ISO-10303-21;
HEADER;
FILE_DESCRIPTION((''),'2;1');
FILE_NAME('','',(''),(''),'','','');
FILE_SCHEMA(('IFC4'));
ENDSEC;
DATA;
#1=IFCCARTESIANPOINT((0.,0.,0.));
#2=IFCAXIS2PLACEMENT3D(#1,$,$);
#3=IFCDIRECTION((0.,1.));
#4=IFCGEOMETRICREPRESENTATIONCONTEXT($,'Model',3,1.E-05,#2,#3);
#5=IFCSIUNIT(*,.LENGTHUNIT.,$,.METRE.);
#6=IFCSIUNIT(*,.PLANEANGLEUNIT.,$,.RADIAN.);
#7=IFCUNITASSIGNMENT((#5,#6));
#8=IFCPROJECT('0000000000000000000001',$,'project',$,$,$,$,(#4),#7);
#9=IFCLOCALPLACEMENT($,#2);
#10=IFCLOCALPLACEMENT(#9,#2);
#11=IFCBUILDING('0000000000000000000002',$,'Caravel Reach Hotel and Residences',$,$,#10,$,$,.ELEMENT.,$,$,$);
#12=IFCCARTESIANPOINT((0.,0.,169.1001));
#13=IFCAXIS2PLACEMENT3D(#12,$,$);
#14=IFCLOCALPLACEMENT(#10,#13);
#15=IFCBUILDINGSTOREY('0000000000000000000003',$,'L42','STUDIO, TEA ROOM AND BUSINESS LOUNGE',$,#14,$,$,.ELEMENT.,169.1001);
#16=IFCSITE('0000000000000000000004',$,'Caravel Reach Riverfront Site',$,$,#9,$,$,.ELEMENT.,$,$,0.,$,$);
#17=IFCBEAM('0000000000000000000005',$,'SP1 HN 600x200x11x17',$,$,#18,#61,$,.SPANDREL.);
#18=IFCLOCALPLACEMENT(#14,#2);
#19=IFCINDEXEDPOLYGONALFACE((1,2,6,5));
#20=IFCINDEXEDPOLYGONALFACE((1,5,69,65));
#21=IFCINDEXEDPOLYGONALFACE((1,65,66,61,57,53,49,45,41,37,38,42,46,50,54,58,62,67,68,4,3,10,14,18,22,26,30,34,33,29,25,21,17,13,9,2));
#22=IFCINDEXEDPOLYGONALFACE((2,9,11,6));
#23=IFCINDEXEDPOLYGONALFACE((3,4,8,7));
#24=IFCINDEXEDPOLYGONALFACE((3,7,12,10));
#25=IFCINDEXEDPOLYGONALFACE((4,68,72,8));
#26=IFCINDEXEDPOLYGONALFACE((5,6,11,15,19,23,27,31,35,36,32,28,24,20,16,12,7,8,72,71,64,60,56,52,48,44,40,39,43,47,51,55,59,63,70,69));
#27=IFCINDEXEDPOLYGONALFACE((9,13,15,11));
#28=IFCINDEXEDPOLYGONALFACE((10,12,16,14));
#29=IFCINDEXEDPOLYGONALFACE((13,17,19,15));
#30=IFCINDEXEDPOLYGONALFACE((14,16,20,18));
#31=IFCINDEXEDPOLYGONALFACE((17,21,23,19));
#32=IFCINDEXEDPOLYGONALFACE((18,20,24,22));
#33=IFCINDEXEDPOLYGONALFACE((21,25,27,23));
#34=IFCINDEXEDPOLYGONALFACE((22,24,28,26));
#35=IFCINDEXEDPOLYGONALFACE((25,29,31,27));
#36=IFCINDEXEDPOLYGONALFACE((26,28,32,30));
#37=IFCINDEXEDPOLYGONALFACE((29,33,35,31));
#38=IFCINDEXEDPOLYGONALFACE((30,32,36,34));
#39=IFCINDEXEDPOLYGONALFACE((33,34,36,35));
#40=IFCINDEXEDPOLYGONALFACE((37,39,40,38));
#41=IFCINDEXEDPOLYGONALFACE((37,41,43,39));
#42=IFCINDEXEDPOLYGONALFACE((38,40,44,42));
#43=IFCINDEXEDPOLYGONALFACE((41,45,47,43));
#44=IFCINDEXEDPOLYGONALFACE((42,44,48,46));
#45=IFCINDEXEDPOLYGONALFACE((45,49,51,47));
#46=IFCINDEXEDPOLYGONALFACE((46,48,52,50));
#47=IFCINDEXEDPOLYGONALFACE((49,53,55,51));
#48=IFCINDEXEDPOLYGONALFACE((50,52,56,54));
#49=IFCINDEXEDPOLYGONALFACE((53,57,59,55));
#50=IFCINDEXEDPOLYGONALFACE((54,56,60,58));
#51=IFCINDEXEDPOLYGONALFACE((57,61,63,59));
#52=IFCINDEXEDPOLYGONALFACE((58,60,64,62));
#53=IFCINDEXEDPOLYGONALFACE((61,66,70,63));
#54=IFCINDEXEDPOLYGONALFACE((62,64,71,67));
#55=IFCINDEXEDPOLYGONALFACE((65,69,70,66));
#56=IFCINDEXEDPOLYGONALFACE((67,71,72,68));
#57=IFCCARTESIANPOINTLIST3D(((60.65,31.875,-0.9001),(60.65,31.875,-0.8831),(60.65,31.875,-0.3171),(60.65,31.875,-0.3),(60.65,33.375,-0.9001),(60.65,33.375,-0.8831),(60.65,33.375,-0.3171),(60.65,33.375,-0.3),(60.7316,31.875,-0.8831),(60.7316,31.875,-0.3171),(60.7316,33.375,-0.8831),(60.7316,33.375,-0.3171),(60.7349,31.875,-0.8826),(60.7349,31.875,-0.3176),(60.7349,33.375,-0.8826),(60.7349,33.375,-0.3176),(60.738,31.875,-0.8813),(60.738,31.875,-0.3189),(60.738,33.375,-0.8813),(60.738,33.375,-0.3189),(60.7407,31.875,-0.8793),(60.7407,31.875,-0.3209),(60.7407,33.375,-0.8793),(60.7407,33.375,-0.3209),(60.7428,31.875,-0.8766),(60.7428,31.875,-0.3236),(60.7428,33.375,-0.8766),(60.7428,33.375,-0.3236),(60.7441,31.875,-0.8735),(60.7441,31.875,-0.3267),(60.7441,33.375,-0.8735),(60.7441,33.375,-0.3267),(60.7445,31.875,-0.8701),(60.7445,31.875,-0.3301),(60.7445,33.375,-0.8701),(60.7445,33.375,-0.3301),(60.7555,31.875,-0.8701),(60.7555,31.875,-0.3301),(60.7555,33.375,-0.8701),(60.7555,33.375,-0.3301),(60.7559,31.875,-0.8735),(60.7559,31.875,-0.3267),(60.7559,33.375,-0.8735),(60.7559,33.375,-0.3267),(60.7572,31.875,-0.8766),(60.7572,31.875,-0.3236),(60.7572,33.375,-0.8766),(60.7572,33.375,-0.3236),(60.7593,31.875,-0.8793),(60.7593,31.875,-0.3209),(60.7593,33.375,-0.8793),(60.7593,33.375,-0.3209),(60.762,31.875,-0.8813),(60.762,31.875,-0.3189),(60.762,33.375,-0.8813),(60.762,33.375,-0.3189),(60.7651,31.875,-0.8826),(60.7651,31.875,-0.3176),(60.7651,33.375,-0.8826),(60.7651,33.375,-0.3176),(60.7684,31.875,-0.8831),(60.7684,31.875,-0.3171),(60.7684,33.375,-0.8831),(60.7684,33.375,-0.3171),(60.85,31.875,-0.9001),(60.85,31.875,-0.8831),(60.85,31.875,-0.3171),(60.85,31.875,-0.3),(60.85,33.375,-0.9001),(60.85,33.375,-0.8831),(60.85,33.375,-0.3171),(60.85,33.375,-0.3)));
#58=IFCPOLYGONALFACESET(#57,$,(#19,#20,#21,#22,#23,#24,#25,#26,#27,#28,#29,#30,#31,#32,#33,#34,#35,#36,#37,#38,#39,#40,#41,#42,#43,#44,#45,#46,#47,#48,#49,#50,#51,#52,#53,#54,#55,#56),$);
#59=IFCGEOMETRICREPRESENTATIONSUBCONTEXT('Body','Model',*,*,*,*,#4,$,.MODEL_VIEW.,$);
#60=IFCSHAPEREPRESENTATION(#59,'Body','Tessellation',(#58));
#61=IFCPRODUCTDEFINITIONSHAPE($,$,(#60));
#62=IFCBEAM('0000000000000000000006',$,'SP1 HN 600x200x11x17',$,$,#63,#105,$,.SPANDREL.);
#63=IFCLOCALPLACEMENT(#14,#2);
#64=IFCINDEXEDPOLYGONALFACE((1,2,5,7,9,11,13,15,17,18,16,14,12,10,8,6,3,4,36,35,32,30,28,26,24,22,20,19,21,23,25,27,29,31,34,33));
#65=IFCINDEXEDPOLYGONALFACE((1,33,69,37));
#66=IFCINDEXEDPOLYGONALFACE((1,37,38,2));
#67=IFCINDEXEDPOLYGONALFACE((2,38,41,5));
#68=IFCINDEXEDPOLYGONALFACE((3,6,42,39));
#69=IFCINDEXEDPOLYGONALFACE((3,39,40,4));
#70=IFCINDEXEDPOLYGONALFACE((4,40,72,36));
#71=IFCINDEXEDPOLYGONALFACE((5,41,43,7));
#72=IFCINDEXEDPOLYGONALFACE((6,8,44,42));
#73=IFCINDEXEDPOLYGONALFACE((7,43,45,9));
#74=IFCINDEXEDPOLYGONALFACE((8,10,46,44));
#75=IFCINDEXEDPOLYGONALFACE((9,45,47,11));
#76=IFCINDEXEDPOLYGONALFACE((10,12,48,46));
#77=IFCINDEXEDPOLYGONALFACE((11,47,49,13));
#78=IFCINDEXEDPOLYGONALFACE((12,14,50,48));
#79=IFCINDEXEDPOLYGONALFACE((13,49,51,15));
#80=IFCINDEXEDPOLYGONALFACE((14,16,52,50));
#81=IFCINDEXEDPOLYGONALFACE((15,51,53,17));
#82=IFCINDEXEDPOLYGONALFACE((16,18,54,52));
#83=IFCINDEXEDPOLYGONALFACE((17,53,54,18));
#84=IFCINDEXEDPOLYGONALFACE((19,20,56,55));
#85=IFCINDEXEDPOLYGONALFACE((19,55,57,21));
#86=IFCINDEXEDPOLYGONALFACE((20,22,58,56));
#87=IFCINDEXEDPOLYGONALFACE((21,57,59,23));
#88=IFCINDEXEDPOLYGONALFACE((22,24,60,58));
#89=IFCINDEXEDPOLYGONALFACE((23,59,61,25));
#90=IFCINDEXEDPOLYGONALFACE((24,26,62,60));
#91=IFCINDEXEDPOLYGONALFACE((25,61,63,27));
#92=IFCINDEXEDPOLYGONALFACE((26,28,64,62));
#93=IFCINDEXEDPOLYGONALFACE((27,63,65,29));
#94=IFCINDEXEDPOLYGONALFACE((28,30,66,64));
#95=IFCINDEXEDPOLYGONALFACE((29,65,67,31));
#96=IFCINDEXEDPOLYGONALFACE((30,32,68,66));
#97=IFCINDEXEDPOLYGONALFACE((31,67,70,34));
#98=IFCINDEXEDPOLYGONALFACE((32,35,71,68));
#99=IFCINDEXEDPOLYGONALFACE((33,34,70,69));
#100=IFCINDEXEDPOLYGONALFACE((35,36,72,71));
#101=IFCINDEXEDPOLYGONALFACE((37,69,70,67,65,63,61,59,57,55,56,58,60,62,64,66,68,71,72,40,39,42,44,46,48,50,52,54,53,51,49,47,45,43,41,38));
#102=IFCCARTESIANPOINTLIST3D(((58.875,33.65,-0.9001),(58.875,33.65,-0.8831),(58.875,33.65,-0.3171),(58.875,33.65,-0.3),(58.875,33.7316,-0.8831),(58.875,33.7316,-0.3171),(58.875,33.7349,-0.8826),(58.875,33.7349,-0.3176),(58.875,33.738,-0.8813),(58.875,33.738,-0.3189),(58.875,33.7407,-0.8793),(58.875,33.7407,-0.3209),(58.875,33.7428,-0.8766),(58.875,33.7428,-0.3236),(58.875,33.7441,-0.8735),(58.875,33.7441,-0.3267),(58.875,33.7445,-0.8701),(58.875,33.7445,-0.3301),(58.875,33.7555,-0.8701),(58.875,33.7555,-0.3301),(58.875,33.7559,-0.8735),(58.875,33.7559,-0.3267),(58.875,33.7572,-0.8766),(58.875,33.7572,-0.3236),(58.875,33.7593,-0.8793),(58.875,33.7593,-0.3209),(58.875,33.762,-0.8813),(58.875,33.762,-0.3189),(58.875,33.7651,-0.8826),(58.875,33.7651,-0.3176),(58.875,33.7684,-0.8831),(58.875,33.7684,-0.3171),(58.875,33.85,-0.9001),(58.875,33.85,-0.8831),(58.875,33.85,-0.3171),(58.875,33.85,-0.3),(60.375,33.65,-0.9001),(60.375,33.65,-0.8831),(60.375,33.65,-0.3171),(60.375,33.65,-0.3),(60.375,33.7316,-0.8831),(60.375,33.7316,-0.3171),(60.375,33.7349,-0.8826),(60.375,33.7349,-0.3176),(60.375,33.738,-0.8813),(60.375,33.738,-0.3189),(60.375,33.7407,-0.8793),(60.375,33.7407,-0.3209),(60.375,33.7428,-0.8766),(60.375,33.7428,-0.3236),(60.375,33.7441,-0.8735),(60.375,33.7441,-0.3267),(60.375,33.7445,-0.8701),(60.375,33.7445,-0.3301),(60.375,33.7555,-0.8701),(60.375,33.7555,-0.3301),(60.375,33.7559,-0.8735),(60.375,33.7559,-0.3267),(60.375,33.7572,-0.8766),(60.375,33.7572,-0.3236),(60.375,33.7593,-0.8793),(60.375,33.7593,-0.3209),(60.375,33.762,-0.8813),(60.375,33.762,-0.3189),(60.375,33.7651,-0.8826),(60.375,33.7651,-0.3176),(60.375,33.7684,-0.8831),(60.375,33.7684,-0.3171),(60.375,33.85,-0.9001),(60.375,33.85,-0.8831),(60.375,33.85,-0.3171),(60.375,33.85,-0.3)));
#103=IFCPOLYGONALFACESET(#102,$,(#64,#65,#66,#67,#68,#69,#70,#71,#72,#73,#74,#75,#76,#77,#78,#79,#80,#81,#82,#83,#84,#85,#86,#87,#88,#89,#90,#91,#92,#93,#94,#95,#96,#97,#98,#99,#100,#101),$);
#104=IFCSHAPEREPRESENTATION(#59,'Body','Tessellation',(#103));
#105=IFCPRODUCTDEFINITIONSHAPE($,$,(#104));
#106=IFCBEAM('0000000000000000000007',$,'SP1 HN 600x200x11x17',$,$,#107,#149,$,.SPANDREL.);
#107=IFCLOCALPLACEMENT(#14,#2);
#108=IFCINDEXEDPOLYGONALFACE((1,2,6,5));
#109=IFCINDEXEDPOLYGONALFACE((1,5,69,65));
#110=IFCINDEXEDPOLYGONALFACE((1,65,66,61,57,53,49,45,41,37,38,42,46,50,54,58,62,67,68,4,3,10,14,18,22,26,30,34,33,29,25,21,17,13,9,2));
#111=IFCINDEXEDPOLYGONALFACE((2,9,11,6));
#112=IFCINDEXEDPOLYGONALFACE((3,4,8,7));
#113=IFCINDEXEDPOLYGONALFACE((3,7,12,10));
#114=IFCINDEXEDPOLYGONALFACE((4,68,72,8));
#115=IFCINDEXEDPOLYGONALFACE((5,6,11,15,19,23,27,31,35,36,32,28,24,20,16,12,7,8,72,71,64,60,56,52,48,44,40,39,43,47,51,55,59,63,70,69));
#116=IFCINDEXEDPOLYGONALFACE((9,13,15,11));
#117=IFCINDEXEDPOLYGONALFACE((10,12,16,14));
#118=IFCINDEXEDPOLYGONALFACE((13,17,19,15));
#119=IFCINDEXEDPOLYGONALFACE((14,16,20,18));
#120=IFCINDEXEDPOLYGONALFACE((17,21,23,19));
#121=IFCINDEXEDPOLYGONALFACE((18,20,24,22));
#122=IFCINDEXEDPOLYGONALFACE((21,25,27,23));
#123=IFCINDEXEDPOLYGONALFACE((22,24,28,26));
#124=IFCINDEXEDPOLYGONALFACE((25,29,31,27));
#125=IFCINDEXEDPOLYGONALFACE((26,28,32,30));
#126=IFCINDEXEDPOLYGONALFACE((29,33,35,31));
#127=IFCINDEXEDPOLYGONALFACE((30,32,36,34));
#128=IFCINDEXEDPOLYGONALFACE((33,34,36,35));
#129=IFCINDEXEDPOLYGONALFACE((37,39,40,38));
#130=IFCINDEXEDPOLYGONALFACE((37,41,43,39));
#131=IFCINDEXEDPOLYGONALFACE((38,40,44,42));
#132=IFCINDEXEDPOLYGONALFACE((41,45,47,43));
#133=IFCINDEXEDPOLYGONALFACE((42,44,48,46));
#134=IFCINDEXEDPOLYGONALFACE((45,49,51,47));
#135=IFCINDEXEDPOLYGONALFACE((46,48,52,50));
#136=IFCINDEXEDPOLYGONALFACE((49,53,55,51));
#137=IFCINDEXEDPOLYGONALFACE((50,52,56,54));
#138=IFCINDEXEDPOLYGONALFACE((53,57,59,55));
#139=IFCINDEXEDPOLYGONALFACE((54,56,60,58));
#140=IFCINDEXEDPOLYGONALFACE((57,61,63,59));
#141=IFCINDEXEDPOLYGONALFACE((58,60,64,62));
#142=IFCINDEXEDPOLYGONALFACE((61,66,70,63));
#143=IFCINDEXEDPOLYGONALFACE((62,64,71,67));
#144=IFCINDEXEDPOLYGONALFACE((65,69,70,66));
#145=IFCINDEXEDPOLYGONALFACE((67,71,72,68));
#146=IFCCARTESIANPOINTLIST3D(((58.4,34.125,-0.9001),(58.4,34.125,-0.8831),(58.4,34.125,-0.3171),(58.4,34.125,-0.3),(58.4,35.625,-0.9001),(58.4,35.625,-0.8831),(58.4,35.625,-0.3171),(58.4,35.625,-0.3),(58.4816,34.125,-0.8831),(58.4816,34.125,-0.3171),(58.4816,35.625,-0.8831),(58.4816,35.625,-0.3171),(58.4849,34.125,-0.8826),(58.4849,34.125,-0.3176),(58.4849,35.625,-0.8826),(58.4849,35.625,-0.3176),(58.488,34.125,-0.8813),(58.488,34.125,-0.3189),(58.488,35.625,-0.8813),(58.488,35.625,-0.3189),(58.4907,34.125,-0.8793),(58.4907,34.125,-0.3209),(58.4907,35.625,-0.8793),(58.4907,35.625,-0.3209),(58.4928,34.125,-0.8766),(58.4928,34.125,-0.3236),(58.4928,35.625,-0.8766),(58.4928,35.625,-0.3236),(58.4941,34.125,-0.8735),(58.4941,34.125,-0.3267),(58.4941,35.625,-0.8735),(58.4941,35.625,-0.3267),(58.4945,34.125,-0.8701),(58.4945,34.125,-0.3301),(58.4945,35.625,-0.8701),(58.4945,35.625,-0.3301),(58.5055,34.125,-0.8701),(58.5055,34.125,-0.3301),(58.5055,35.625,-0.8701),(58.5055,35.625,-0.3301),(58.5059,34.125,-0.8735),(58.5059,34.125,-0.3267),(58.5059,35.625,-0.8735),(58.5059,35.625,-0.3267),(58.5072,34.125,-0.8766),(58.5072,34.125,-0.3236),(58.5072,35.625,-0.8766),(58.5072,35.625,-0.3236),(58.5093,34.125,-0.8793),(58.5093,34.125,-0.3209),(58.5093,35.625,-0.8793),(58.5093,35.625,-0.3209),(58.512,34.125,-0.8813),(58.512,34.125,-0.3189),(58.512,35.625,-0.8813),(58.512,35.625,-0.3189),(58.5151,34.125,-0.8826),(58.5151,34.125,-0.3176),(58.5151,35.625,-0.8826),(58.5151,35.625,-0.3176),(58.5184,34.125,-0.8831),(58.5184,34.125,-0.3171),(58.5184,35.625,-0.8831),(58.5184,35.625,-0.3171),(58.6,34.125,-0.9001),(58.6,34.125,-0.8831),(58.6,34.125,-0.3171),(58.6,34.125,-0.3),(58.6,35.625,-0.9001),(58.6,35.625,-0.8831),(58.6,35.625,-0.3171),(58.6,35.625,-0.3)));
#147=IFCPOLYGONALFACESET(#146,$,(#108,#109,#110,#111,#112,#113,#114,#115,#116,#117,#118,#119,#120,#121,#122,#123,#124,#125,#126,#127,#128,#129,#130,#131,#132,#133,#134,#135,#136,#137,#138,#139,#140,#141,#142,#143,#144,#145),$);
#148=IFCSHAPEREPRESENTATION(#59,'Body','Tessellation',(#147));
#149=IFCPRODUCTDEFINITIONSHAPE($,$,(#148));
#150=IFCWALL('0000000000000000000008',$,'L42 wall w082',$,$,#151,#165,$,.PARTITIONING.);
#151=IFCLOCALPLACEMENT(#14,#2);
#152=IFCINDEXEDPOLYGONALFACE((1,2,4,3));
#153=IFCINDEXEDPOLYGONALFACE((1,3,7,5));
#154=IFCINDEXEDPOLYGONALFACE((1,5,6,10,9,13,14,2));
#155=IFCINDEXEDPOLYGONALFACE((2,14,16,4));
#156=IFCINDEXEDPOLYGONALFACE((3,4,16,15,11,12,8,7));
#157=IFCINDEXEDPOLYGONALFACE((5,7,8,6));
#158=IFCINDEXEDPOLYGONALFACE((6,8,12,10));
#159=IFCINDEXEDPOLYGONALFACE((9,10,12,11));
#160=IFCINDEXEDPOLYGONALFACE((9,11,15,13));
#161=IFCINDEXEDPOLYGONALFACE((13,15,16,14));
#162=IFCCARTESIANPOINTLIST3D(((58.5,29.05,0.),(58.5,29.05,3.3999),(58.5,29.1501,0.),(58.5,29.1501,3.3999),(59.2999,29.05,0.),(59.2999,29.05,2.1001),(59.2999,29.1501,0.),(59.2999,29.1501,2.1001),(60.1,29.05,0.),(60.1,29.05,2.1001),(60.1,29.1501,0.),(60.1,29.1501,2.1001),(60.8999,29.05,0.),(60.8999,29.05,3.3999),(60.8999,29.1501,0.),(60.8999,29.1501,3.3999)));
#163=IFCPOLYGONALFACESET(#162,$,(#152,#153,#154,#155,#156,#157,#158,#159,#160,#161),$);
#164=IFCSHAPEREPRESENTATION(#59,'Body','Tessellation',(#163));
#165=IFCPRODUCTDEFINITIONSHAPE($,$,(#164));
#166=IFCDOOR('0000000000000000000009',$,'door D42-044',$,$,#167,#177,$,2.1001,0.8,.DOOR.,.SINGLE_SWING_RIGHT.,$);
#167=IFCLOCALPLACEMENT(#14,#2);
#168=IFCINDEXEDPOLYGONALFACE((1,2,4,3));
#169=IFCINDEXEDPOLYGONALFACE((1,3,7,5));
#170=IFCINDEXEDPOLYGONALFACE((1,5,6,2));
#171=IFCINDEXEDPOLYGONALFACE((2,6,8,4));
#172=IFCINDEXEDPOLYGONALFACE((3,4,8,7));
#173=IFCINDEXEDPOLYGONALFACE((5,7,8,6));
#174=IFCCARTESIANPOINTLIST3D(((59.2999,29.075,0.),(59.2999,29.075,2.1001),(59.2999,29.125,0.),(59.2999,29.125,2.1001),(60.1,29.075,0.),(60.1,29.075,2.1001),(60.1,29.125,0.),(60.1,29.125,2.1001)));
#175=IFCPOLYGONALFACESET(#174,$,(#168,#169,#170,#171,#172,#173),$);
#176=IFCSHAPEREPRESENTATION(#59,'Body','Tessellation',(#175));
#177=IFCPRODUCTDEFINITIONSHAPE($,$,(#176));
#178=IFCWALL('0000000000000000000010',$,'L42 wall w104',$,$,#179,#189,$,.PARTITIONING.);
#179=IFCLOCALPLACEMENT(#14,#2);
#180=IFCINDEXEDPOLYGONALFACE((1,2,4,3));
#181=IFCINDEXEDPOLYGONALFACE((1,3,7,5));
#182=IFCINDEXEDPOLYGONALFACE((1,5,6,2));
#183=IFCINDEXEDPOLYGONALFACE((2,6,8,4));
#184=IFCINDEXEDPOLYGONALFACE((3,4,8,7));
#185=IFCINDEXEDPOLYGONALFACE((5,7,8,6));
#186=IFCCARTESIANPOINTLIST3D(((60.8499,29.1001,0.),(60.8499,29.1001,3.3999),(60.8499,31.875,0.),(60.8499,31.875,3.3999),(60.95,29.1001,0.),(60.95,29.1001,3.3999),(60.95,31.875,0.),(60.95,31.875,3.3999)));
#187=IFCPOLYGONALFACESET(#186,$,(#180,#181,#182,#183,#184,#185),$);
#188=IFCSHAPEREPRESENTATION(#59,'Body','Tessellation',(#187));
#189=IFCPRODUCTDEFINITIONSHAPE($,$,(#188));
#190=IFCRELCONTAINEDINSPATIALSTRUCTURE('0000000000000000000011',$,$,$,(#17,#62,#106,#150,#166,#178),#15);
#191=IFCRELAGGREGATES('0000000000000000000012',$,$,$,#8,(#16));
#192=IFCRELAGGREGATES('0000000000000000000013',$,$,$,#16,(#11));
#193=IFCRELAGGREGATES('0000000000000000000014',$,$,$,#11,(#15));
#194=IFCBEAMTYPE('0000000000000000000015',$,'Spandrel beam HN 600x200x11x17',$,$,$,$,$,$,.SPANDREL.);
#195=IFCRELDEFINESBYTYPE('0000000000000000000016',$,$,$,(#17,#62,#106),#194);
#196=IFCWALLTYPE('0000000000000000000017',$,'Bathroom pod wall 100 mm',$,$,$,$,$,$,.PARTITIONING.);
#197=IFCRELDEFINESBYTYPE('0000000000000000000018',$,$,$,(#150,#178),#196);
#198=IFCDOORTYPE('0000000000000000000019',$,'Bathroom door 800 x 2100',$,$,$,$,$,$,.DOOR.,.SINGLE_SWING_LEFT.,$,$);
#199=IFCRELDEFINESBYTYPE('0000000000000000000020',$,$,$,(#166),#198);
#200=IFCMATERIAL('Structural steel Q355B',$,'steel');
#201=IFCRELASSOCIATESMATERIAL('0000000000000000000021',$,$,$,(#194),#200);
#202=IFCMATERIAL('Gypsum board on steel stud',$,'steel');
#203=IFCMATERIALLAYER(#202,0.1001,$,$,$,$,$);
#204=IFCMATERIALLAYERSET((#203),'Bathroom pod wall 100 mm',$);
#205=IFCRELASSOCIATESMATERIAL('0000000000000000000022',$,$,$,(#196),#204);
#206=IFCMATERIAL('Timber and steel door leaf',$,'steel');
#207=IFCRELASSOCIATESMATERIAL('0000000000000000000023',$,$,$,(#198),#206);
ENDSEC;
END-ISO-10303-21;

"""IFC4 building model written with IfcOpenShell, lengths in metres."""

from ifc_helpers import new_model, si_unit, direction, frame, frame_2d, origin, origin_2d, place, context, subcontext, project, spatial, rectangle, i_section, extrude, material, layer, layer_set, material_profile, profile_set, type_object, element, fill, save


model = new_model("IFC4")

# Units and contexts
model_context = context("Model", 3, precision=1e-05, world=origin(), true_north=direction((0.0, 1.0)))
body_context = subcontext(model_context, "Body", "Model", "MODEL_VIEW")
ifc_project = project(units=[si_unit("LENGTHUNIT", "METRE"), si_unit("PLANEANGLEUNIT", "RADIAN")], contexts=[model_context])

# Site, building, storey
site_placement = place(None, origin())
site = spatial("IfcSite", under=ifc_project, at=site_placement, Name="Caravel Reach Riverfront Site", CompositionType="ELEMENT", RefElevation=0.0)
building_placement = place(site_placement, origin())
building = spatial("IfcBuilding", under=site, at=building_placement, Name="Caravel Reach Hotel and Residences", CompositionType="ELEMENT")
storey_placement = place(building_placement, frame((0.0, 0.0, 169.1001)))
storey = spatial("IfcBuildingStorey", under=building, at=storey_placement, Name="L42", Description="STUDIO, TEA ROOM AND BUSINESS LOUNGE", CompositionType="ELEMENT", Elevation=169.1001)

# Beams
ifc_material_1 = material(Name="Structural steel Q355B", Category="steel")
ifc_material_profile_1 = material_profile(ifc_material_1, i_section(OverallWidth=0.2, OverallDepth=0.6001, WebThickness=0.011, FlangeThickness=0.0171, FilletRadius=0.0129, at=origin_2d()), Name="HN 600x200x11x17")
ifc_profile_set_1 = profile_set([ifc_material_profile_1], Name="Structural steel Q355B")
beam_type = type_object("IfcBeamType", Name="Spandrel beam HN 600x200x11x17", PredefinedType="SPANDREL", material=ifc_profile_set_1)
for number, where, z_axis, x_axis, name in (
    (1, (60.75, 31.875, -0.6001), (0.0, 1.0, 0.0), (-1.0, 0.0, 0.0), "SP1 HN 600x200x11x17"),
    (2, (60.375, 33.75, -0.6001), (-1.0, 0.0, 0.0), (0.0, -1.0, 0.0), "SP1 HN 600x200x11x17"),
    (3, (58.5, 34.125, -0.6001), (0.0, 1.0, 0.0), (-1.0, 0.0, 0.0), "SP1 HN 600x200x11x17"),
):
    element("IfcBeam", number, at=place(storey_placement, frame(where, z_axis=z_axis, x_axis=x_axis)), inside=storey, type_object=beam_type, Name=name, PredefinedType="SPANDREL", context=body_context, shape_type="SweptSolid", body=[
        extrude(i_section(OverallWidth=0.2, OverallDepth=0.6001, WebThickness=0.011, FlangeThickness=0.0171, FilletRadius=0.0129, at=origin_2d()), origin(), (0.0, 0.0, 1.0), 1.5),
    ])

# Wall, opening, door
ifc_material_2 = material(Name="Gypsum board on steel stud", Category="steel")
ifc_layer_1 = layer(ifc_material_2, 0.1001)
ifc_layer_set_1 = layer_set([ifc_layer_1], Name="Bathroom pod wall 100 mm")
wall_type_1 = type_object("IfcWallType", Name="Bathroom pod wall 100 mm", PredefinedType="PARTITIONING", material=ifc_layer_set_1)
wall_1_placement = place(storey_placement, frame((58.5, 29.1001, 0.0), z_axis=(0.0, 0.0, 1.0), x_axis=(1.0, 0.0, 0.0)))
wall_1 = element("IfcWall", 4, at=wall_1_placement, inside=storey, type_object=wall_type_1, Name="L42 wall w082", PredefinedType="PARTITIONING", context=body_context, shape_type="SweptSolid", body=[
    extrude(rectangle(XDim=2.3999, YDim=0.1001, at=frame_2d((1.2, 0.0))), origin(), (0.0, 0.0, 1.0), 3.3999),
])
opening_1_placement = place(wall_1_placement, frame((0.8, 0.0, 0.0)))
opening_1 = element("IfcOpeningElement", 5, at=opening_1_placement, cuts=wall_1, PredefinedType="OPENING", context=body_context, shape_type="SweptSolid", body=[
    extrude(rectangle(XDim=0.8, YDim=2.1001, at=frame_2d((0.3999, 1.05))), frame((0.0, 0.0601, 0.0), z_axis=(0.0, -1.0, 0.0), x_axis=(1.0, 0.0, 0.0)), (0.0, 0.0, 1.0), 0.1201),
])
ifc_material_3 = material(Name="Timber and steel door leaf", Category="steel")
door_type_1 = type_object("IfcDoorType", Name="Bathroom door 800 x 2100", OperationType="SINGLE_SWING_LEFT", PredefinedType="DOOR", material=ifc_material_3)
door_1_placement = place(opening_1_placement, origin())
door_1 = element("IfcDoor", 6, at=door_1_placement, inside=storey, type_object=door_type_1, Name="door D42-044", OperationType="SINGLE_SWING_RIGHT", OverallHeight=2.1001, OverallWidth=0.8, PredefinedType="DOOR", context=body_context, shape_type="SweptSolid", body=[
    extrude(rectangle(XDim=0.8, YDim=2.1001, at=frame_2d((0.3999, 1.05))), frame((0.0, 0.0249, 0.0), z_axis=(0.0, -1.0, 0.0), x_axis=(1.0, 0.0, 0.0)), (0.0, 0.0, 1.0), 0.05),
])
fill(opening_1, door_1)

# Wall
wall_2_placement = place(storey_placement, frame((60.8999, 29.1001, 0.0), z_axis=(0.0, 0.0, 1.0), x_axis=(0.0, 1.0, 0.0)))
element("IfcWall", 7, at=wall_2_placement, inside=storey, type_object=wall_type_1, Name="L42 wall w104", PredefinedType="PARTITIONING", context=body_context, shape_type="SweptSolid", body=[
    extrude(rectangle(XDim=2.7749, YDim=0.1001, at=frame_2d((1.3875, 0.0))), origin(), (0.0, 0.0, 1.0), 3.3999),
])

save(model, "model.ifc")
